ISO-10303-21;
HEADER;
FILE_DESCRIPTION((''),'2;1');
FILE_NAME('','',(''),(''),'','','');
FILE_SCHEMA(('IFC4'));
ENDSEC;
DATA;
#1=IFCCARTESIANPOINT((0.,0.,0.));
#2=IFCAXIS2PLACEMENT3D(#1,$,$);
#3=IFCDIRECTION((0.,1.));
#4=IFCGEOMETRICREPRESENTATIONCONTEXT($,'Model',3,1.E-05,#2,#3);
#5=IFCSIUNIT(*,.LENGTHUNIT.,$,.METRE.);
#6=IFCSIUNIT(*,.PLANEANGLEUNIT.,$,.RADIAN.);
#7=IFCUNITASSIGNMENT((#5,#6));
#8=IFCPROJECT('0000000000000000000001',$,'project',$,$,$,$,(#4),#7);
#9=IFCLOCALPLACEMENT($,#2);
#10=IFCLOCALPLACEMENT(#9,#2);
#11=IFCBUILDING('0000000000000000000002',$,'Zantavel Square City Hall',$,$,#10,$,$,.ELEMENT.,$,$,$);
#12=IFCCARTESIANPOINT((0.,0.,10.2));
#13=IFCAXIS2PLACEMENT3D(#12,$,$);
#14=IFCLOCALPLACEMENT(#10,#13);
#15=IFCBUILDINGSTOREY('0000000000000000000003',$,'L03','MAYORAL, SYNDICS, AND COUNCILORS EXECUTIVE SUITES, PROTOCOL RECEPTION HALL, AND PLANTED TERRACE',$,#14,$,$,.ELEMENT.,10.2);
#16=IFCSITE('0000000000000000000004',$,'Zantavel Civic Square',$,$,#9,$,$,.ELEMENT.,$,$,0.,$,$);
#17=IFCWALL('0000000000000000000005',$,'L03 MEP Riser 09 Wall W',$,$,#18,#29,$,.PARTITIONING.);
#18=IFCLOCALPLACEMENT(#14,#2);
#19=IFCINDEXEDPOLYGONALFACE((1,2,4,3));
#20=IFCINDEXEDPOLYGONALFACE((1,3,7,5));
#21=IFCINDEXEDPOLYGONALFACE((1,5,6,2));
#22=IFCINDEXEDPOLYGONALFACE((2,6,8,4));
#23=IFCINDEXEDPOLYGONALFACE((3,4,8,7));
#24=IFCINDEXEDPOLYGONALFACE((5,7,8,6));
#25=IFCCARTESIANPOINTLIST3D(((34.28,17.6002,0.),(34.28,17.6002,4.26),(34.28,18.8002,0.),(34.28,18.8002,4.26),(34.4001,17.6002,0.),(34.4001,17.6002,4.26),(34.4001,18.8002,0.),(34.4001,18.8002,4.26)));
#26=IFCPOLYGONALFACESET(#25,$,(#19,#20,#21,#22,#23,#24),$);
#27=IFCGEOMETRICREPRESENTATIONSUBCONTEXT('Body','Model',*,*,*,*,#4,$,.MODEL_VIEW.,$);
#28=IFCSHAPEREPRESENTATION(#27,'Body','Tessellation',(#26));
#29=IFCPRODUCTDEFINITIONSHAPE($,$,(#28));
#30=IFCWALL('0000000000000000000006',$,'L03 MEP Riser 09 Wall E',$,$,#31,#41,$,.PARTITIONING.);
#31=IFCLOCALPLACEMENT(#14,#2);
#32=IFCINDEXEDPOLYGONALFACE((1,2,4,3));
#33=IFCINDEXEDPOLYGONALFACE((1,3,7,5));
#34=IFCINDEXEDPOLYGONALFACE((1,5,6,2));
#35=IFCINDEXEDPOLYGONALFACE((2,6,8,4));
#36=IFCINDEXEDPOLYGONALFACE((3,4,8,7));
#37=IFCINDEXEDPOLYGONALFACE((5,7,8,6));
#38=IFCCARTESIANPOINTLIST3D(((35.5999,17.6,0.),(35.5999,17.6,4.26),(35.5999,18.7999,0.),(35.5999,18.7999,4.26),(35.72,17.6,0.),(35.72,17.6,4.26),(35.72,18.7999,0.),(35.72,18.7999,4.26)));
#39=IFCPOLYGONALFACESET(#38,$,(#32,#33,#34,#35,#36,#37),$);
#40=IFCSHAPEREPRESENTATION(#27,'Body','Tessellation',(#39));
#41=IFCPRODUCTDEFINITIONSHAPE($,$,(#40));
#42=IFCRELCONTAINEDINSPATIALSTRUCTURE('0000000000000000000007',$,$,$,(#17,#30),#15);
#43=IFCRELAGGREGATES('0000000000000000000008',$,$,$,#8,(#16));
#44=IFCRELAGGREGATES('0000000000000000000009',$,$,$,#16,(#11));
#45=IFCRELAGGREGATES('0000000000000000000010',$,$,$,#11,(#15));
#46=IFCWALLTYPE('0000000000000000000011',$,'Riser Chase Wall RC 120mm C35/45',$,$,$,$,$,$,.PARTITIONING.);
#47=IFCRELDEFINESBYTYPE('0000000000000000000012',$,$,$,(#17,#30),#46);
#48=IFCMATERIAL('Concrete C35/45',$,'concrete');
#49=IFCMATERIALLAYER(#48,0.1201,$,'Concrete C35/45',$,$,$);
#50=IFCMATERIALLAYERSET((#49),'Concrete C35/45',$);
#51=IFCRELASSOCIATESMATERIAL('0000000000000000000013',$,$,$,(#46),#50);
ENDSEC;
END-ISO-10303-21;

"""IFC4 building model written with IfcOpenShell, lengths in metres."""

from ifc_helpers import new_model, si_unit, direction, frame, frame_2d, origin, place, context, subcontext, project, spatial, rectangle, extrude, material, layer, layer_set, type_object, element, save


model = new_model("IFC4")

# Units and contexts
model_context = context("Model", 3, precision=1e-05, world=origin(), true_north=direction((0.0, 1.0)))
body_context = subcontext(model_context, "Body", "Model", "MODEL_VIEW")
ifc_project = project(units=[si_unit("LENGTHUNIT", "METRE"), si_unit("PLANEANGLEUNIT", "RADIAN")], contexts=[model_context])

# Site, building, storey
site_placement = place(None, origin())
site = spatial("IfcSite", under=ifc_project, at=site_placement, Name="Zantavel Civic Square", CompositionType="ELEMENT", RefElevation=0.0)
building_placement = place(site_placement, origin())
building = spatial("IfcBuilding", under=site, at=building_placement, Name="Zantavel Square City Hall", CompositionType="ELEMENT")
storey_placement = place(building_placement, frame((0.0, 0.0, 10.2)))
storey = spatial("IfcBuildingStorey", under=building, at=storey_placement, Name="L03", Description="MAYORAL, SYNDICS, AND COUNCILORS EXECUTIVE SUITES, PROTOCOL RECEPTION HALL, AND PLANTED TERRACE", CompositionType="ELEMENT", Elevation=10.2)

# Shared definitions
ifc_material_1 = material(Name="Concrete C35/45", Category="concrete")

# Walls
ifc_layer_1 = layer(ifc_material_1, 0.1201, Name="Concrete C35/45")
ifc_layer_set_1 = layer_set([ifc_layer_1], Name="Concrete C35/45")
wall_type_1 = type_object("IfcWallType", Name="Riser Chase Wall RC 120mm C35/45", PredefinedType="PARTITIONING", material=ifc_layer_set_1)
for number, where, z_axis, x_axis, name in (
    (1, (34.3401, 17.6001, 0.0), (0.0, 0.0, 1.0), (0.0, 1.0, 0.0), "L03 MEP Riser 09 Wall W"),
    (2, (35.6599, 18.8, 0.0), (0.0, 0.0, 1.0), (0.0, -1.0, 0.0), "L03 MEP Riser 09 Wall E"),
):
    element("IfcWall", number, at=place(storey_placement, frame(where, z_axis=z_axis, x_axis=x_axis)), inside=storey, type_object=wall_type_1, Name=name, PredefinedType="PARTITIONING", context=body_context, shape_type="SweptSolid", body=[
        extrude(rectangle(XDim=1.2, YDim=0.1201, at=frame_2d((0.6001, 0.0))), origin(), (0.0, 0.0, 1.0), 4.26),
    ])

save(model, "model.ifc")
